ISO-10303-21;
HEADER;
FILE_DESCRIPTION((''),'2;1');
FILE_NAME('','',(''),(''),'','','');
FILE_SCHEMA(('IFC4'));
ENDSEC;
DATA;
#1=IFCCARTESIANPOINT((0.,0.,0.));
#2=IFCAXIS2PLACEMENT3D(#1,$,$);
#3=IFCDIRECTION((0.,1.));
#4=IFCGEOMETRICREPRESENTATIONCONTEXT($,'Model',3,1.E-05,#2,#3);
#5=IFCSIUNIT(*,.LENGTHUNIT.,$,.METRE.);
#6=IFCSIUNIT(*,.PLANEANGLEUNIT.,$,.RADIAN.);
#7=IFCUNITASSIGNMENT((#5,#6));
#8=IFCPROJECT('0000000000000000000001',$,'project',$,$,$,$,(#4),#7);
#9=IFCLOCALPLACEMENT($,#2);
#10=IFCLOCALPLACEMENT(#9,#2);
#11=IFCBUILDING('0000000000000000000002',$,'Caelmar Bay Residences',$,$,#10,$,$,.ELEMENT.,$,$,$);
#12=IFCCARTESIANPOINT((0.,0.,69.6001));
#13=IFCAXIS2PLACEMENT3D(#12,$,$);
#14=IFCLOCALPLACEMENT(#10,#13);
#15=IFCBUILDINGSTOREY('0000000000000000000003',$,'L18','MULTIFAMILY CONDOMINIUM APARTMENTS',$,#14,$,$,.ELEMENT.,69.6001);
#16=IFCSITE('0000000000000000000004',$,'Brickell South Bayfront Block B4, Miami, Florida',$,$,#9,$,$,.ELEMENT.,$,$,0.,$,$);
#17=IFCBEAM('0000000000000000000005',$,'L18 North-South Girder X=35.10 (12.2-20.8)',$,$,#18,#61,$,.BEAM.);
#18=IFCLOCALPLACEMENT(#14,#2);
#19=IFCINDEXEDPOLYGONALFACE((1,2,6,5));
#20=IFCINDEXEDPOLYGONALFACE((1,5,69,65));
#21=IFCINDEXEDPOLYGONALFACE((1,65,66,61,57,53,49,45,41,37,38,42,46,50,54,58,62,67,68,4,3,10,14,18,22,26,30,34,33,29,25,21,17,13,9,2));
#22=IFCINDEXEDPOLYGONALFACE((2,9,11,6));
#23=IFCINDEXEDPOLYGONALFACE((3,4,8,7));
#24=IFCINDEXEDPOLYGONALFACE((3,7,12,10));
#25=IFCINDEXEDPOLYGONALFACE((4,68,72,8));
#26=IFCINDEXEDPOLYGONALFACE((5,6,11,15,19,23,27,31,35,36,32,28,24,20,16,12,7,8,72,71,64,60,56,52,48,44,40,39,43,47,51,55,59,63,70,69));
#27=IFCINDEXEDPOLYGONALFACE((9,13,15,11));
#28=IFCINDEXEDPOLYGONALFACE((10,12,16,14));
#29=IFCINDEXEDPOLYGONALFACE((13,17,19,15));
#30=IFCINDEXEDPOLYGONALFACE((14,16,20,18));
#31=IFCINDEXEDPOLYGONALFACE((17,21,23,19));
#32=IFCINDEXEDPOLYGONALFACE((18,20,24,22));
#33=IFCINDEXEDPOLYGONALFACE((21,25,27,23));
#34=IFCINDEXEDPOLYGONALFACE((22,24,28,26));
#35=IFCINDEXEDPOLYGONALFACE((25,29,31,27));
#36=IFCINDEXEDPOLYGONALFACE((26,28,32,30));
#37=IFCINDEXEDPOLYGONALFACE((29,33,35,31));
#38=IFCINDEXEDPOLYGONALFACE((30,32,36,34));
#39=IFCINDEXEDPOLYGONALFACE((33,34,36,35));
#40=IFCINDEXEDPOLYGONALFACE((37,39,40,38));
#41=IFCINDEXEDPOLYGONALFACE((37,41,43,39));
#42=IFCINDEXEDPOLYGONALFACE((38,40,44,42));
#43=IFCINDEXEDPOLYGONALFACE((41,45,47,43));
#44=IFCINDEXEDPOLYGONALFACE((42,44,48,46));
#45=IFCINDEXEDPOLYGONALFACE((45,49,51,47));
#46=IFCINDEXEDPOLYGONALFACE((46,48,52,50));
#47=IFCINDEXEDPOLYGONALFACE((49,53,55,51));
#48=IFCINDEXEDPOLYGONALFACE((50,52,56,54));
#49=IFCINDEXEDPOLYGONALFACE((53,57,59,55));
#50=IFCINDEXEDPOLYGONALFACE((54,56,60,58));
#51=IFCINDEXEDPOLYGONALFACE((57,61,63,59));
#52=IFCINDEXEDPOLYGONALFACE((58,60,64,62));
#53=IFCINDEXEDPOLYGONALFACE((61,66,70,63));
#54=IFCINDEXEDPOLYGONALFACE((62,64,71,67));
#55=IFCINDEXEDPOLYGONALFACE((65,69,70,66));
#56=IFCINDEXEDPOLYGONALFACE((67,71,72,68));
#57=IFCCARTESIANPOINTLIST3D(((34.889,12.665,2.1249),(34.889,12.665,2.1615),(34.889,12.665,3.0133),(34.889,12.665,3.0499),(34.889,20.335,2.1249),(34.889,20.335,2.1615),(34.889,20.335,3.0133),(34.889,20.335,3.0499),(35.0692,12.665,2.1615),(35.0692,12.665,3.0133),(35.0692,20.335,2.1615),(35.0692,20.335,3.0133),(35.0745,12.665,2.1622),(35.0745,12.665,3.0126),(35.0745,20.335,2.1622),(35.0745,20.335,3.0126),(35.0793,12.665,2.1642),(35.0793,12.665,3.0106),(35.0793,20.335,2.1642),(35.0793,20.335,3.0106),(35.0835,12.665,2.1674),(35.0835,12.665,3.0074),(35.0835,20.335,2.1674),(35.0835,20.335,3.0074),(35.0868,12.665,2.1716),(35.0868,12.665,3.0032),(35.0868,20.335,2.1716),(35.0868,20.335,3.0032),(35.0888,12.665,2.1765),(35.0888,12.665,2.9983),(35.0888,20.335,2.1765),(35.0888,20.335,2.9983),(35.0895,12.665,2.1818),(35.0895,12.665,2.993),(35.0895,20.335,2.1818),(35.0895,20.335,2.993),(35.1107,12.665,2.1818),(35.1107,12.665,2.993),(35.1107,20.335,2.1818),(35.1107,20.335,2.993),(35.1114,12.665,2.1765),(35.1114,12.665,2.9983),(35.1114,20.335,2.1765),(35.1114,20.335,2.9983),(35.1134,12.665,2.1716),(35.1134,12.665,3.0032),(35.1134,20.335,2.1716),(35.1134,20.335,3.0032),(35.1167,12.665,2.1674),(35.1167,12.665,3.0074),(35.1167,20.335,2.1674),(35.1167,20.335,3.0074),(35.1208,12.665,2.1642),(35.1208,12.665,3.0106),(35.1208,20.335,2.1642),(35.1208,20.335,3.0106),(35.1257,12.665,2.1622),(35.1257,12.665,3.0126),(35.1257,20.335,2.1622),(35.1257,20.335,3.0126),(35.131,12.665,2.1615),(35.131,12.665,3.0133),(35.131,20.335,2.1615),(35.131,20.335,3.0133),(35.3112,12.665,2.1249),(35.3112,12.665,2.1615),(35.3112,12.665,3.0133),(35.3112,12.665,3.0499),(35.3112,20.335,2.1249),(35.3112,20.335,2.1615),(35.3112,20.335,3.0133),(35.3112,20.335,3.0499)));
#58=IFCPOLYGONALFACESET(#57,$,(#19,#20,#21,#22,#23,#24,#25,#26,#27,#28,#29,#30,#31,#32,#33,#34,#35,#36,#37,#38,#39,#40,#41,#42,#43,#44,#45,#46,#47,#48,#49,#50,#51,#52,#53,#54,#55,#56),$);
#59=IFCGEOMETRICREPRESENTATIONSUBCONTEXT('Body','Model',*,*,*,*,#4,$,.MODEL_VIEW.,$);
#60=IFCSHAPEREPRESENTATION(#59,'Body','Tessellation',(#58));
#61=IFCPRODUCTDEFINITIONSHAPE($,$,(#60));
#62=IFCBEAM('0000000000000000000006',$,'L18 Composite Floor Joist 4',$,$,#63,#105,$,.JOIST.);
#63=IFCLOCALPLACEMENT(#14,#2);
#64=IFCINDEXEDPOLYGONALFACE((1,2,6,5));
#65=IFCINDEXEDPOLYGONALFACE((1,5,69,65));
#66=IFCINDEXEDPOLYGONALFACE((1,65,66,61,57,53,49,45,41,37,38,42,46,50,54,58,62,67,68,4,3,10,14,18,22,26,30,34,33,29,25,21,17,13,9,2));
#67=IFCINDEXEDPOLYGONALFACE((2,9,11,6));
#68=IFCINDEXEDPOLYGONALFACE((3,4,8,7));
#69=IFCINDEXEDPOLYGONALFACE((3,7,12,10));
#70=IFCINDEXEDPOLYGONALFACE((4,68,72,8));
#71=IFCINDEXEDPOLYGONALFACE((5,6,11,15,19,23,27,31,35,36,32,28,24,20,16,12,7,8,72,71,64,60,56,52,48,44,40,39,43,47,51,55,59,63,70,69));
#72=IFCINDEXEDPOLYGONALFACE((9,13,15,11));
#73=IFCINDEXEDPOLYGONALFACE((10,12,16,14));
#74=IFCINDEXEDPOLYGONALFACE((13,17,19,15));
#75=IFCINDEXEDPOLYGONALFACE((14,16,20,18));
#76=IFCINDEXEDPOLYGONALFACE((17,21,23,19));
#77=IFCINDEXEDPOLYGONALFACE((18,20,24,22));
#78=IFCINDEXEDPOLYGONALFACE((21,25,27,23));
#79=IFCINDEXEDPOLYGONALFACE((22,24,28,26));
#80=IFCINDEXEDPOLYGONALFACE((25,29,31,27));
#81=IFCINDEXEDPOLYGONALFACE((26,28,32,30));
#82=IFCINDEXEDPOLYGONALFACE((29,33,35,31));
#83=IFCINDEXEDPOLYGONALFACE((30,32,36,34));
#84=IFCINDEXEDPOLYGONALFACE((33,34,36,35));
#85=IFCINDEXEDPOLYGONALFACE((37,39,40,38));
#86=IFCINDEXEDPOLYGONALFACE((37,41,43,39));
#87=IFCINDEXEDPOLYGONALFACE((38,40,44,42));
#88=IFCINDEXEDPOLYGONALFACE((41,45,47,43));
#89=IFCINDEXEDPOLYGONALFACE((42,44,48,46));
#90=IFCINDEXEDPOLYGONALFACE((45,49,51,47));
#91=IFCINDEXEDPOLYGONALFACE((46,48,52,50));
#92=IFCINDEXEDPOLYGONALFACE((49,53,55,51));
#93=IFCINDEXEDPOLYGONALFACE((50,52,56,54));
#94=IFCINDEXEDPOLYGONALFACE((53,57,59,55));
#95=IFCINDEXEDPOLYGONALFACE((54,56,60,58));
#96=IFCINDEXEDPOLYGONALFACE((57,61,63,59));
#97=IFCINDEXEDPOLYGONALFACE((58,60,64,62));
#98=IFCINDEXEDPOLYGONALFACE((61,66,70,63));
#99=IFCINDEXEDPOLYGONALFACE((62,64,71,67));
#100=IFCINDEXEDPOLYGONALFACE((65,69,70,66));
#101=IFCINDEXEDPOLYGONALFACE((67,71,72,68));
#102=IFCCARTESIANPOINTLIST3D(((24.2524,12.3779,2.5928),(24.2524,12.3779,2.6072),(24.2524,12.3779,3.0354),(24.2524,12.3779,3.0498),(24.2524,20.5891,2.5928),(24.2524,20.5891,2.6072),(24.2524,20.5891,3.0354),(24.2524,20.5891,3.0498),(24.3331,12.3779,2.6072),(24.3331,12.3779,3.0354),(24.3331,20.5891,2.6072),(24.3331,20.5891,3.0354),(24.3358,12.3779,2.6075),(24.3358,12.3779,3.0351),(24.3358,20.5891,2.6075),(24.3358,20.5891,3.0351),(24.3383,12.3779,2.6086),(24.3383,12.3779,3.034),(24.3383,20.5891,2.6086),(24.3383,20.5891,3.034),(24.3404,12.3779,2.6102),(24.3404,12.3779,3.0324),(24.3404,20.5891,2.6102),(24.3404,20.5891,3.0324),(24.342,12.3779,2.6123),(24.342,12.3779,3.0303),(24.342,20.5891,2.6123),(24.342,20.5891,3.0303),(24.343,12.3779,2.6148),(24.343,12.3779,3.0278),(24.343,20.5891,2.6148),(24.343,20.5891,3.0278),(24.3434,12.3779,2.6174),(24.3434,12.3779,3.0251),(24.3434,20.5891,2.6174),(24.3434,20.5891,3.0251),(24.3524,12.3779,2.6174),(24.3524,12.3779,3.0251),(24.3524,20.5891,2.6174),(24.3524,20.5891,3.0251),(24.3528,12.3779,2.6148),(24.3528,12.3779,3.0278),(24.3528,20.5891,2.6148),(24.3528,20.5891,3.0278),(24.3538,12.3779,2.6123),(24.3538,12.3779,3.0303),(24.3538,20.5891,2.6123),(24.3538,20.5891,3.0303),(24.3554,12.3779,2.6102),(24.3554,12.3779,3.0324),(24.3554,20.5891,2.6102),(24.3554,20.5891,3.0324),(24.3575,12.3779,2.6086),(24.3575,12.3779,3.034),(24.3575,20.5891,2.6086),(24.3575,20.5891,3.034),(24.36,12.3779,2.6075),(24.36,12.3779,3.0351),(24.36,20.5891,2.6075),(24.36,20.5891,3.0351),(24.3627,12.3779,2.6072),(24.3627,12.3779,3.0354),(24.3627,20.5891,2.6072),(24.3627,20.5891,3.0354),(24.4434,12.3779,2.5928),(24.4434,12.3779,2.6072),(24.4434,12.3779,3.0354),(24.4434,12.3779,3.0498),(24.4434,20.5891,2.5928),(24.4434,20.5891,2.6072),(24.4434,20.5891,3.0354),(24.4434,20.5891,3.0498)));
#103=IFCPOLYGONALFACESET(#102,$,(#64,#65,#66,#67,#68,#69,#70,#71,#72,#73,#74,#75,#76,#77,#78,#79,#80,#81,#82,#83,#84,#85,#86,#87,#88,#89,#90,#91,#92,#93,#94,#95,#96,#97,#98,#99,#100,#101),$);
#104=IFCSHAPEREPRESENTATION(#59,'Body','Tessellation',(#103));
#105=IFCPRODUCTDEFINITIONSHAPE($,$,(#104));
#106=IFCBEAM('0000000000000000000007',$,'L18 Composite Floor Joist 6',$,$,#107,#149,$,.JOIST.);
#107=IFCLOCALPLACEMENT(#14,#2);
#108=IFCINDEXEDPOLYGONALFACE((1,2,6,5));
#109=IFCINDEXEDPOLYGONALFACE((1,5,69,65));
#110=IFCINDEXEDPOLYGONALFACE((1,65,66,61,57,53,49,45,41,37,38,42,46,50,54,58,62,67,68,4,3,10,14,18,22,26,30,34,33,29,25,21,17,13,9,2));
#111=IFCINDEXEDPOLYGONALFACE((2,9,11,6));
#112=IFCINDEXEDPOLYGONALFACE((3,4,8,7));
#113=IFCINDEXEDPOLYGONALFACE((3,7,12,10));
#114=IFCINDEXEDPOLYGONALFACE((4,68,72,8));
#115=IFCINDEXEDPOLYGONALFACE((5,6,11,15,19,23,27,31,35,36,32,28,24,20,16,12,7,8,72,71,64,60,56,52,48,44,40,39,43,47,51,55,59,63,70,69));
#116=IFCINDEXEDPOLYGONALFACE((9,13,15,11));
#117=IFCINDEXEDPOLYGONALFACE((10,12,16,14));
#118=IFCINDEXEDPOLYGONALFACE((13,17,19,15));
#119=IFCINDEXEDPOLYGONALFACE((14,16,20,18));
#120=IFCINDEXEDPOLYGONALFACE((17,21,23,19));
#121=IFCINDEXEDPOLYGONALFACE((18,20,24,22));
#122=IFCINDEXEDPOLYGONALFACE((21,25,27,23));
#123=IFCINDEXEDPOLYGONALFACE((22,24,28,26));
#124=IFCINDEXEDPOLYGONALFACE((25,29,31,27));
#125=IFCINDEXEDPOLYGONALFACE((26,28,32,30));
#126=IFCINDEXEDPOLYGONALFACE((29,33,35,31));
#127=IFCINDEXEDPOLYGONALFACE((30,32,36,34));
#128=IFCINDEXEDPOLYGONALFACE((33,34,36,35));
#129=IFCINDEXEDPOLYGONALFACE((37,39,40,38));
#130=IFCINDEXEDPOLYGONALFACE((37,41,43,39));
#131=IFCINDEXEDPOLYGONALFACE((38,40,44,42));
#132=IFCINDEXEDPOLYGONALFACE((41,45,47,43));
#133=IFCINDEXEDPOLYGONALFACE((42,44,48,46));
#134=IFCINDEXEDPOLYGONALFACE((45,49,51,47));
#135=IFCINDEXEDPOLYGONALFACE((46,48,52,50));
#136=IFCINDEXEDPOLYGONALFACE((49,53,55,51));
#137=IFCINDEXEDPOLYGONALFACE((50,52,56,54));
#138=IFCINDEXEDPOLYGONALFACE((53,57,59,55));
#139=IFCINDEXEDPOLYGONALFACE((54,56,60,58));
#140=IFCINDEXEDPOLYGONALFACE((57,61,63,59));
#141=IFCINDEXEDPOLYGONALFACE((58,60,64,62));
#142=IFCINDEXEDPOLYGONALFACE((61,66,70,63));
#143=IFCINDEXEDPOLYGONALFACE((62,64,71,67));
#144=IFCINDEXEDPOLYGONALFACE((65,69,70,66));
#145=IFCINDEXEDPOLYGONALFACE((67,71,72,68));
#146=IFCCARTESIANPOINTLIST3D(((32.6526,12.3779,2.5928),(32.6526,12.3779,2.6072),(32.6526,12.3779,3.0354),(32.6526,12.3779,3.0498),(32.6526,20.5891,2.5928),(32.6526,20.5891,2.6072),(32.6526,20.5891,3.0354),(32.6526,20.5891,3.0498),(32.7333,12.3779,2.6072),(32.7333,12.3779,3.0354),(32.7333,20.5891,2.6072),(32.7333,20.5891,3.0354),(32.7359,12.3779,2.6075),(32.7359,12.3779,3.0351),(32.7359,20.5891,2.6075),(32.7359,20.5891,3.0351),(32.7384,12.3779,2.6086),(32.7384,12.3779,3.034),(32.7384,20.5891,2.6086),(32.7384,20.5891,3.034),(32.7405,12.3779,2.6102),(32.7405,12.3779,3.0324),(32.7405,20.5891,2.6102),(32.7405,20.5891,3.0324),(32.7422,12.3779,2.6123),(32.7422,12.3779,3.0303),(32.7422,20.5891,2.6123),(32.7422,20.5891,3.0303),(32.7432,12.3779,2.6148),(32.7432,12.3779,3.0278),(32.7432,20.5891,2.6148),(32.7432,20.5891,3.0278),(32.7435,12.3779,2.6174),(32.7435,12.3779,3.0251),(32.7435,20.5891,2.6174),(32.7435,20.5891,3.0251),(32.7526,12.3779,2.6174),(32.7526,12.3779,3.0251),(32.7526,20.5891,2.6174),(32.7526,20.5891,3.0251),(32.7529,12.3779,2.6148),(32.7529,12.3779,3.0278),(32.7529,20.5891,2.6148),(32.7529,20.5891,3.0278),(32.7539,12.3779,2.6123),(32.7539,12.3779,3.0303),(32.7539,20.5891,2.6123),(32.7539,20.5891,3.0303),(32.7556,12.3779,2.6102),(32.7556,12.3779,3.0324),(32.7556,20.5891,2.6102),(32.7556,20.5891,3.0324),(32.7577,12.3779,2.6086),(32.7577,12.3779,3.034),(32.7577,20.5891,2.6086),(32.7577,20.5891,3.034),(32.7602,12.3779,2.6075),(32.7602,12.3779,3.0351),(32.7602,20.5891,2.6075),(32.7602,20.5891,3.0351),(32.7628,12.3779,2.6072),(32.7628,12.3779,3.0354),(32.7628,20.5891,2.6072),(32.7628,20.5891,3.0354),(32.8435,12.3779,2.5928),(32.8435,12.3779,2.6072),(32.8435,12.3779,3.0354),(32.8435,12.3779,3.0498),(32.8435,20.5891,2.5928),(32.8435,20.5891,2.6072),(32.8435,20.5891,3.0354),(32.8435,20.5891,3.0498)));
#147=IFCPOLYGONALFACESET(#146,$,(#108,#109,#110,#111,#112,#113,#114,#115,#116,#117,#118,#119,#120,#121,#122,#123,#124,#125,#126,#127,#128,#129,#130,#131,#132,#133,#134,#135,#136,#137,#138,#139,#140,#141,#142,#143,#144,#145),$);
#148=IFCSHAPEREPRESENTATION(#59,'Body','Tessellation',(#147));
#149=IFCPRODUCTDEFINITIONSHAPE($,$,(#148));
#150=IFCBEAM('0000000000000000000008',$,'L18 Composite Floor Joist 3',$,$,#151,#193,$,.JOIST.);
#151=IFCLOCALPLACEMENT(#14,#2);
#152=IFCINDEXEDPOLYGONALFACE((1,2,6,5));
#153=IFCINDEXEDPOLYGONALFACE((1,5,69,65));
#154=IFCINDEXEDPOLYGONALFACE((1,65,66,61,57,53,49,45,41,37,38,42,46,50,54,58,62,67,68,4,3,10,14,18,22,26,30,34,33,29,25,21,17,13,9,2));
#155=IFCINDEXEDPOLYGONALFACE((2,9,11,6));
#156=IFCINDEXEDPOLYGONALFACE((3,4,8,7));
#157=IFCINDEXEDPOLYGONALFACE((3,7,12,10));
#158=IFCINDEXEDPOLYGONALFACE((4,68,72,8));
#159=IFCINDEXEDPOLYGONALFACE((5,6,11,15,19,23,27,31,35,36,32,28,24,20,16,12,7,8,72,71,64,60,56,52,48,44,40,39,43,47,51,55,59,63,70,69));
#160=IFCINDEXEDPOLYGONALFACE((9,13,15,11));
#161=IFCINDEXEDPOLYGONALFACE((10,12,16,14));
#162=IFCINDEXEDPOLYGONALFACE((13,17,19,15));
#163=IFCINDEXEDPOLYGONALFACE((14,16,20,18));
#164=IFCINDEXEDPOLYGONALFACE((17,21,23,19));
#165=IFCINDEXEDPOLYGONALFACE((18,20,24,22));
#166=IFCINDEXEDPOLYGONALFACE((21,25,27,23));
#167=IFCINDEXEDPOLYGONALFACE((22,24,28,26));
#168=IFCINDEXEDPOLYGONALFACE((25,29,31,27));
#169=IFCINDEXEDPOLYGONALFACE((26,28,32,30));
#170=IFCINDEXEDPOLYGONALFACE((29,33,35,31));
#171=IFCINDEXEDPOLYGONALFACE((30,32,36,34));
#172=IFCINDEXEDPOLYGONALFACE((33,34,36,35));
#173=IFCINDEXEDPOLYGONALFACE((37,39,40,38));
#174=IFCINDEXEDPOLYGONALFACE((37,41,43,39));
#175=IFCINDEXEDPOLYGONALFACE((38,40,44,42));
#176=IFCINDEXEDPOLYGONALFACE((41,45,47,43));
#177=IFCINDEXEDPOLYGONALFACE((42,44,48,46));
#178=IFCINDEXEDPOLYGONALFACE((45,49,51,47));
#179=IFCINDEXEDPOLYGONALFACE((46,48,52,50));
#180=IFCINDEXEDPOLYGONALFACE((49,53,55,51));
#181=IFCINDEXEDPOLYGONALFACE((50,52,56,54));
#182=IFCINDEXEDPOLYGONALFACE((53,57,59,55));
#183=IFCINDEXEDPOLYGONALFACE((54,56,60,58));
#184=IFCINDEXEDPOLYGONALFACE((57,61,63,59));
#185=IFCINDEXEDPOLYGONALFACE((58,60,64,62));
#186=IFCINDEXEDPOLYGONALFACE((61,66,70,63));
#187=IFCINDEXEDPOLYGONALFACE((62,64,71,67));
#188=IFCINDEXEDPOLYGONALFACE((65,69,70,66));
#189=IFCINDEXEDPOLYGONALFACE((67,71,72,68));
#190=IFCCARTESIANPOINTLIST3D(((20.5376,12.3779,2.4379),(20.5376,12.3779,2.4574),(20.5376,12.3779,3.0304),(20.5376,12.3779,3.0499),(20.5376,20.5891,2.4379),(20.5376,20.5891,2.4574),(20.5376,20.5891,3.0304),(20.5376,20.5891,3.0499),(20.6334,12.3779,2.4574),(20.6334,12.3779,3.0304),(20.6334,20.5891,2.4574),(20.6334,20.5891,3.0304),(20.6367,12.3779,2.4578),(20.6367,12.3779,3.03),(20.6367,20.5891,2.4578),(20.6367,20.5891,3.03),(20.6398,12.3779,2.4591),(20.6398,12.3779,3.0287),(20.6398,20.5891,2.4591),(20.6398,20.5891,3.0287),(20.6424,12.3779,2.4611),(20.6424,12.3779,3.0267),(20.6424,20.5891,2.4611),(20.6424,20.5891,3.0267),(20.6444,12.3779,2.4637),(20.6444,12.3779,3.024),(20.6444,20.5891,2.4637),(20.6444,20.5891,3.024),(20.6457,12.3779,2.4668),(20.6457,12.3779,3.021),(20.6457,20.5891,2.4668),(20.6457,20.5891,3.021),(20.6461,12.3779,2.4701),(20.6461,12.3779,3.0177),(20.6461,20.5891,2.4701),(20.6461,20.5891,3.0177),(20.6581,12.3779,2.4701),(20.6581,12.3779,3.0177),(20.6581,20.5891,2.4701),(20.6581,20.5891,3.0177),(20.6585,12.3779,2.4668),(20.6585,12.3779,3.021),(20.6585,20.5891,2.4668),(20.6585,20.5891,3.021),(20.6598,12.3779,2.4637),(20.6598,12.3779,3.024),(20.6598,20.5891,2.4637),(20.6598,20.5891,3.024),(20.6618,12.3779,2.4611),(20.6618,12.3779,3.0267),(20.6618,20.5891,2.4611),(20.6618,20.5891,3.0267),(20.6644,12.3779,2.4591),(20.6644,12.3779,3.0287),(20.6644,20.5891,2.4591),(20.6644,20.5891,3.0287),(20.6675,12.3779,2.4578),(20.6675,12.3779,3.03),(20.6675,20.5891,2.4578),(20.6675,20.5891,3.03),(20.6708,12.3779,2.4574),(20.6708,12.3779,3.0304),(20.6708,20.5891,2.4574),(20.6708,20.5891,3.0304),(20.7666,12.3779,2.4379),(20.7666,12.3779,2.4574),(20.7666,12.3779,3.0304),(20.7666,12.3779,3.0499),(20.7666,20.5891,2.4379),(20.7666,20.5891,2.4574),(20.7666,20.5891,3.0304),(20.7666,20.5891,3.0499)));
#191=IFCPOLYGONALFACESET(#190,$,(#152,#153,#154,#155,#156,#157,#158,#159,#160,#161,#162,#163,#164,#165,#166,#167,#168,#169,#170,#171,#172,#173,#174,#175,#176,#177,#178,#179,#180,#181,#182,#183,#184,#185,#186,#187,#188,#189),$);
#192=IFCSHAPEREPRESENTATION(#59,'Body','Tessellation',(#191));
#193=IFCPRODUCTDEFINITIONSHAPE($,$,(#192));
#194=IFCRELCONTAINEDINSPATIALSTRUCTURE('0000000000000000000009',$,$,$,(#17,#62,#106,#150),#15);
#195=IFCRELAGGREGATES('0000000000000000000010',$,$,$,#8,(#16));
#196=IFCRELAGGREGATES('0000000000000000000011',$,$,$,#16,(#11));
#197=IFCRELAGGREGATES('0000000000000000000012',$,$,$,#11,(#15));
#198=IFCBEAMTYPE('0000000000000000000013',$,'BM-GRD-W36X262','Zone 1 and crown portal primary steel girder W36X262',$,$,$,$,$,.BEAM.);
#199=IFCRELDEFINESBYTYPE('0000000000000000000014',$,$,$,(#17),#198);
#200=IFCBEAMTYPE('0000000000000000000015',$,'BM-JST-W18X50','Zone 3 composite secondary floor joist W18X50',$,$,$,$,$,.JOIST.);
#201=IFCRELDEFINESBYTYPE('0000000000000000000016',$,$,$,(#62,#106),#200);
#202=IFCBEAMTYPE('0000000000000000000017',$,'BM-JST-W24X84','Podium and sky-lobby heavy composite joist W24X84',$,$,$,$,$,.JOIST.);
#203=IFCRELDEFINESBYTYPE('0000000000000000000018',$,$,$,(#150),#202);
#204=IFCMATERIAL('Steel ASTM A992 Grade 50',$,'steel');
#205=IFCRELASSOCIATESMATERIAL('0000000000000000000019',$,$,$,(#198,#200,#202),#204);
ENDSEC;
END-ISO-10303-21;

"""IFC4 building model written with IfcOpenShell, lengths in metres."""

from ifc_helpers import new_model, si_unit, direction, frame, origin, origin_2d, place, context, subcontext, project, spatial, i_section, extrude, material, material_profile, profile_set, type_object, element, save


model = new_model("IFC4")

# Units and contexts
model_context = context("Model", 3, precision=1e-05, world=origin(), true_north=direction((0.0, 1.0)))
body_context = subcontext(model_context, "Body", "Model", "MODEL_VIEW")
ifc_project = project(units=[si_unit("LENGTHUNIT", "METRE"), si_unit("PLANEANGLEUNIT", "RADIAN")], contexts=[model_context])

# Site, building, storey
site_placement = place(None, origin())
site = spatial("IfcSite", under=ifc_project, at=site_placement, Name="Brickell South Bayfront Block B4, Miami, Florida", CompositionType="ELEMENT", RefElevation=0.0)
building_placement = place(site_placement, origin())
building = spatial("IfcBuilding", under=site, at=building_placement, Name="Caelmar Bay Residences", CompositionType="ELEMENT")
storey_placement = place(building_placement, frame((0.0, 0.0, 69.6001)))
storey = spatial("IfcBuildingStorey", under=building, at=storey_placement, Name="L18", Description="MULTIFAMILY CONDOMINIUM APARTMENTS", CompositionType="ELEMENT", Elevation=69.6001)

# Beams
ifc_material_1 = material(Name="Steel ASTM A992 Grade 50", Category="steel")
ifc_material_profile_1 = material_profile(ifc_material_1, i_section(OverallWidth=0.4221, OverallDepth=0.925, WebThickness=0.0212, FlangeThickness=0.0366, FilletRadius=0.0203, at=origin_2d()), Name="W36X262")
ifc_profile_set_1 = profile_set([ifc_material_profile_1], Name="Steel ASTM A992 Grade 50")
beam_type_1 = type_object("IfcBeamType", Name="BM-GRD-W36X262", Description="Zone 1 and crown portal primary steel girder W36X262", PredefinedType="BEAM", material=ifc_profile_set_1)
for number, where, z_axis, x_axis, name in (
    (1, (35.1001, 12.665, 2.5874), (0.0, 1.0, 0.0), (-1.0, 0.0, 0.0), "L18 North-South Girder X=35.10 (12.2-20.8)"),
):
    element("IfcBeam", number, at=place(storey_placement, frame(where, z_axis=z_axis, x_axis=x_axis)), inside=storey, type_object=beam_type_1, Name=name, PredefinedType="BEAM", context=body_context, shape_type="SweptSolid", body=[
        extrude(i_section(OverallWidth=0.4221, OverallDepth=0.925, WebThickness=0.0212, FlangeThickness=0.0366, FilletRadius=0.0203, at=origin_2d()), origin(), (0.0, 0.0, 1.0), 7.6699),
    ])
ifc_material_profile_2 = material_profile(ifc_material_1, i_section(OverallWidth=0.1909, OverallDepth=0.457, WebThickness=0.009, FlangeThickness=0.0144, FilletRadius=0.0103, at=origin_2d()), Name="W18X50")
ifc_profile_set_2 = profile_set([ifc_material_profile_2], Name="Steel ASTM A992 Grade 50")
beam_type_2 = type_object("IfcBeamType", Name="BM-JST-W18X50", Description="Zone 3 composite secondary floor joist W18X50", PredefinedType="JOIST", material=ifc_profile_set_2)
for number, where, z_axis, x_axis, name in (
    (2, (24.3479, 12.3779, 2.8213), (0.0, 1.0, 0.0), (-1.0, 0.0, 0.0), "L18 Composite Floor Joist 4"),
    (3, (32.748, 12.3779, 2.8213), (0.0, 1.0, 0.0), (-1.0, 0.0, 0.0), "L18 Composite Floor Joist 6"),
):
    element("IfcBeam", number, at=place(storey_placement, frame(where, z_axis=z_axis, x_axis=x_axis)), inside=storey, type_object=beam_type_2, Name=name, PredefinedType="JOIST", context=body_context, shape_type="SweptSolid", body=[
        extrude(i_section(OverallWidth=0.1909, OverallDepth=0.457, WebThickness=0.009, FlangeThickness=0.0144, FilletRadius=0.0103, at=origin_2d()), origin(), (0.0, 0.0, 1.0), 8.2112),
    ])
ifc_material_profile_3 = material_profile(ifc_material_1, i_section(OverallWidth=0.229, OverallDepth=0.6121, WebThickness=0.012, FlangeThickness=0.0195, FilletRadius=0.0127, at=origin_2d()), Name="W24X84")
ifc_profile_set_3 = profile_set([ifc_material_profile_3], Name="Steel ASTM A992 Grade 50")
beam_type_3 = type_object("IfcBeamType", Name="BM-JST-W24X84", Description="Podium and sky-lobby heavy composite joist W24X84", PredefinedType="JOIST", material=ifc_profile_set_3)
for number, where, z_axis, x_axis, name in (
    (4, (20.6521, 12.3779, 2.7439), (0.0, 1.0, 0.0), (-1.0, 0.0, 0.0), "L18 Composite Floor Joist 3"),
):
    element("IfcBeam", number, at=place(storey_placement, frame(where, z_axis=z_axis, x_axis=x_axis)), inside=storey, type_object=beam_type_3, Name=name, PredefinedType="JOIST", context=body_context, shape_type="SweptSolid", body=[
        extrude(i_section(OverallWidth=0.229, OverallDepth=0.6121, WebThickness=0.012, FlangeThickness=0.0195, FilletRadius=0.0127, at=origin_2d()), origin(), (0.0, 0.0, 1.0), 8.2112),
    ])

save(model, "model.ifc")
